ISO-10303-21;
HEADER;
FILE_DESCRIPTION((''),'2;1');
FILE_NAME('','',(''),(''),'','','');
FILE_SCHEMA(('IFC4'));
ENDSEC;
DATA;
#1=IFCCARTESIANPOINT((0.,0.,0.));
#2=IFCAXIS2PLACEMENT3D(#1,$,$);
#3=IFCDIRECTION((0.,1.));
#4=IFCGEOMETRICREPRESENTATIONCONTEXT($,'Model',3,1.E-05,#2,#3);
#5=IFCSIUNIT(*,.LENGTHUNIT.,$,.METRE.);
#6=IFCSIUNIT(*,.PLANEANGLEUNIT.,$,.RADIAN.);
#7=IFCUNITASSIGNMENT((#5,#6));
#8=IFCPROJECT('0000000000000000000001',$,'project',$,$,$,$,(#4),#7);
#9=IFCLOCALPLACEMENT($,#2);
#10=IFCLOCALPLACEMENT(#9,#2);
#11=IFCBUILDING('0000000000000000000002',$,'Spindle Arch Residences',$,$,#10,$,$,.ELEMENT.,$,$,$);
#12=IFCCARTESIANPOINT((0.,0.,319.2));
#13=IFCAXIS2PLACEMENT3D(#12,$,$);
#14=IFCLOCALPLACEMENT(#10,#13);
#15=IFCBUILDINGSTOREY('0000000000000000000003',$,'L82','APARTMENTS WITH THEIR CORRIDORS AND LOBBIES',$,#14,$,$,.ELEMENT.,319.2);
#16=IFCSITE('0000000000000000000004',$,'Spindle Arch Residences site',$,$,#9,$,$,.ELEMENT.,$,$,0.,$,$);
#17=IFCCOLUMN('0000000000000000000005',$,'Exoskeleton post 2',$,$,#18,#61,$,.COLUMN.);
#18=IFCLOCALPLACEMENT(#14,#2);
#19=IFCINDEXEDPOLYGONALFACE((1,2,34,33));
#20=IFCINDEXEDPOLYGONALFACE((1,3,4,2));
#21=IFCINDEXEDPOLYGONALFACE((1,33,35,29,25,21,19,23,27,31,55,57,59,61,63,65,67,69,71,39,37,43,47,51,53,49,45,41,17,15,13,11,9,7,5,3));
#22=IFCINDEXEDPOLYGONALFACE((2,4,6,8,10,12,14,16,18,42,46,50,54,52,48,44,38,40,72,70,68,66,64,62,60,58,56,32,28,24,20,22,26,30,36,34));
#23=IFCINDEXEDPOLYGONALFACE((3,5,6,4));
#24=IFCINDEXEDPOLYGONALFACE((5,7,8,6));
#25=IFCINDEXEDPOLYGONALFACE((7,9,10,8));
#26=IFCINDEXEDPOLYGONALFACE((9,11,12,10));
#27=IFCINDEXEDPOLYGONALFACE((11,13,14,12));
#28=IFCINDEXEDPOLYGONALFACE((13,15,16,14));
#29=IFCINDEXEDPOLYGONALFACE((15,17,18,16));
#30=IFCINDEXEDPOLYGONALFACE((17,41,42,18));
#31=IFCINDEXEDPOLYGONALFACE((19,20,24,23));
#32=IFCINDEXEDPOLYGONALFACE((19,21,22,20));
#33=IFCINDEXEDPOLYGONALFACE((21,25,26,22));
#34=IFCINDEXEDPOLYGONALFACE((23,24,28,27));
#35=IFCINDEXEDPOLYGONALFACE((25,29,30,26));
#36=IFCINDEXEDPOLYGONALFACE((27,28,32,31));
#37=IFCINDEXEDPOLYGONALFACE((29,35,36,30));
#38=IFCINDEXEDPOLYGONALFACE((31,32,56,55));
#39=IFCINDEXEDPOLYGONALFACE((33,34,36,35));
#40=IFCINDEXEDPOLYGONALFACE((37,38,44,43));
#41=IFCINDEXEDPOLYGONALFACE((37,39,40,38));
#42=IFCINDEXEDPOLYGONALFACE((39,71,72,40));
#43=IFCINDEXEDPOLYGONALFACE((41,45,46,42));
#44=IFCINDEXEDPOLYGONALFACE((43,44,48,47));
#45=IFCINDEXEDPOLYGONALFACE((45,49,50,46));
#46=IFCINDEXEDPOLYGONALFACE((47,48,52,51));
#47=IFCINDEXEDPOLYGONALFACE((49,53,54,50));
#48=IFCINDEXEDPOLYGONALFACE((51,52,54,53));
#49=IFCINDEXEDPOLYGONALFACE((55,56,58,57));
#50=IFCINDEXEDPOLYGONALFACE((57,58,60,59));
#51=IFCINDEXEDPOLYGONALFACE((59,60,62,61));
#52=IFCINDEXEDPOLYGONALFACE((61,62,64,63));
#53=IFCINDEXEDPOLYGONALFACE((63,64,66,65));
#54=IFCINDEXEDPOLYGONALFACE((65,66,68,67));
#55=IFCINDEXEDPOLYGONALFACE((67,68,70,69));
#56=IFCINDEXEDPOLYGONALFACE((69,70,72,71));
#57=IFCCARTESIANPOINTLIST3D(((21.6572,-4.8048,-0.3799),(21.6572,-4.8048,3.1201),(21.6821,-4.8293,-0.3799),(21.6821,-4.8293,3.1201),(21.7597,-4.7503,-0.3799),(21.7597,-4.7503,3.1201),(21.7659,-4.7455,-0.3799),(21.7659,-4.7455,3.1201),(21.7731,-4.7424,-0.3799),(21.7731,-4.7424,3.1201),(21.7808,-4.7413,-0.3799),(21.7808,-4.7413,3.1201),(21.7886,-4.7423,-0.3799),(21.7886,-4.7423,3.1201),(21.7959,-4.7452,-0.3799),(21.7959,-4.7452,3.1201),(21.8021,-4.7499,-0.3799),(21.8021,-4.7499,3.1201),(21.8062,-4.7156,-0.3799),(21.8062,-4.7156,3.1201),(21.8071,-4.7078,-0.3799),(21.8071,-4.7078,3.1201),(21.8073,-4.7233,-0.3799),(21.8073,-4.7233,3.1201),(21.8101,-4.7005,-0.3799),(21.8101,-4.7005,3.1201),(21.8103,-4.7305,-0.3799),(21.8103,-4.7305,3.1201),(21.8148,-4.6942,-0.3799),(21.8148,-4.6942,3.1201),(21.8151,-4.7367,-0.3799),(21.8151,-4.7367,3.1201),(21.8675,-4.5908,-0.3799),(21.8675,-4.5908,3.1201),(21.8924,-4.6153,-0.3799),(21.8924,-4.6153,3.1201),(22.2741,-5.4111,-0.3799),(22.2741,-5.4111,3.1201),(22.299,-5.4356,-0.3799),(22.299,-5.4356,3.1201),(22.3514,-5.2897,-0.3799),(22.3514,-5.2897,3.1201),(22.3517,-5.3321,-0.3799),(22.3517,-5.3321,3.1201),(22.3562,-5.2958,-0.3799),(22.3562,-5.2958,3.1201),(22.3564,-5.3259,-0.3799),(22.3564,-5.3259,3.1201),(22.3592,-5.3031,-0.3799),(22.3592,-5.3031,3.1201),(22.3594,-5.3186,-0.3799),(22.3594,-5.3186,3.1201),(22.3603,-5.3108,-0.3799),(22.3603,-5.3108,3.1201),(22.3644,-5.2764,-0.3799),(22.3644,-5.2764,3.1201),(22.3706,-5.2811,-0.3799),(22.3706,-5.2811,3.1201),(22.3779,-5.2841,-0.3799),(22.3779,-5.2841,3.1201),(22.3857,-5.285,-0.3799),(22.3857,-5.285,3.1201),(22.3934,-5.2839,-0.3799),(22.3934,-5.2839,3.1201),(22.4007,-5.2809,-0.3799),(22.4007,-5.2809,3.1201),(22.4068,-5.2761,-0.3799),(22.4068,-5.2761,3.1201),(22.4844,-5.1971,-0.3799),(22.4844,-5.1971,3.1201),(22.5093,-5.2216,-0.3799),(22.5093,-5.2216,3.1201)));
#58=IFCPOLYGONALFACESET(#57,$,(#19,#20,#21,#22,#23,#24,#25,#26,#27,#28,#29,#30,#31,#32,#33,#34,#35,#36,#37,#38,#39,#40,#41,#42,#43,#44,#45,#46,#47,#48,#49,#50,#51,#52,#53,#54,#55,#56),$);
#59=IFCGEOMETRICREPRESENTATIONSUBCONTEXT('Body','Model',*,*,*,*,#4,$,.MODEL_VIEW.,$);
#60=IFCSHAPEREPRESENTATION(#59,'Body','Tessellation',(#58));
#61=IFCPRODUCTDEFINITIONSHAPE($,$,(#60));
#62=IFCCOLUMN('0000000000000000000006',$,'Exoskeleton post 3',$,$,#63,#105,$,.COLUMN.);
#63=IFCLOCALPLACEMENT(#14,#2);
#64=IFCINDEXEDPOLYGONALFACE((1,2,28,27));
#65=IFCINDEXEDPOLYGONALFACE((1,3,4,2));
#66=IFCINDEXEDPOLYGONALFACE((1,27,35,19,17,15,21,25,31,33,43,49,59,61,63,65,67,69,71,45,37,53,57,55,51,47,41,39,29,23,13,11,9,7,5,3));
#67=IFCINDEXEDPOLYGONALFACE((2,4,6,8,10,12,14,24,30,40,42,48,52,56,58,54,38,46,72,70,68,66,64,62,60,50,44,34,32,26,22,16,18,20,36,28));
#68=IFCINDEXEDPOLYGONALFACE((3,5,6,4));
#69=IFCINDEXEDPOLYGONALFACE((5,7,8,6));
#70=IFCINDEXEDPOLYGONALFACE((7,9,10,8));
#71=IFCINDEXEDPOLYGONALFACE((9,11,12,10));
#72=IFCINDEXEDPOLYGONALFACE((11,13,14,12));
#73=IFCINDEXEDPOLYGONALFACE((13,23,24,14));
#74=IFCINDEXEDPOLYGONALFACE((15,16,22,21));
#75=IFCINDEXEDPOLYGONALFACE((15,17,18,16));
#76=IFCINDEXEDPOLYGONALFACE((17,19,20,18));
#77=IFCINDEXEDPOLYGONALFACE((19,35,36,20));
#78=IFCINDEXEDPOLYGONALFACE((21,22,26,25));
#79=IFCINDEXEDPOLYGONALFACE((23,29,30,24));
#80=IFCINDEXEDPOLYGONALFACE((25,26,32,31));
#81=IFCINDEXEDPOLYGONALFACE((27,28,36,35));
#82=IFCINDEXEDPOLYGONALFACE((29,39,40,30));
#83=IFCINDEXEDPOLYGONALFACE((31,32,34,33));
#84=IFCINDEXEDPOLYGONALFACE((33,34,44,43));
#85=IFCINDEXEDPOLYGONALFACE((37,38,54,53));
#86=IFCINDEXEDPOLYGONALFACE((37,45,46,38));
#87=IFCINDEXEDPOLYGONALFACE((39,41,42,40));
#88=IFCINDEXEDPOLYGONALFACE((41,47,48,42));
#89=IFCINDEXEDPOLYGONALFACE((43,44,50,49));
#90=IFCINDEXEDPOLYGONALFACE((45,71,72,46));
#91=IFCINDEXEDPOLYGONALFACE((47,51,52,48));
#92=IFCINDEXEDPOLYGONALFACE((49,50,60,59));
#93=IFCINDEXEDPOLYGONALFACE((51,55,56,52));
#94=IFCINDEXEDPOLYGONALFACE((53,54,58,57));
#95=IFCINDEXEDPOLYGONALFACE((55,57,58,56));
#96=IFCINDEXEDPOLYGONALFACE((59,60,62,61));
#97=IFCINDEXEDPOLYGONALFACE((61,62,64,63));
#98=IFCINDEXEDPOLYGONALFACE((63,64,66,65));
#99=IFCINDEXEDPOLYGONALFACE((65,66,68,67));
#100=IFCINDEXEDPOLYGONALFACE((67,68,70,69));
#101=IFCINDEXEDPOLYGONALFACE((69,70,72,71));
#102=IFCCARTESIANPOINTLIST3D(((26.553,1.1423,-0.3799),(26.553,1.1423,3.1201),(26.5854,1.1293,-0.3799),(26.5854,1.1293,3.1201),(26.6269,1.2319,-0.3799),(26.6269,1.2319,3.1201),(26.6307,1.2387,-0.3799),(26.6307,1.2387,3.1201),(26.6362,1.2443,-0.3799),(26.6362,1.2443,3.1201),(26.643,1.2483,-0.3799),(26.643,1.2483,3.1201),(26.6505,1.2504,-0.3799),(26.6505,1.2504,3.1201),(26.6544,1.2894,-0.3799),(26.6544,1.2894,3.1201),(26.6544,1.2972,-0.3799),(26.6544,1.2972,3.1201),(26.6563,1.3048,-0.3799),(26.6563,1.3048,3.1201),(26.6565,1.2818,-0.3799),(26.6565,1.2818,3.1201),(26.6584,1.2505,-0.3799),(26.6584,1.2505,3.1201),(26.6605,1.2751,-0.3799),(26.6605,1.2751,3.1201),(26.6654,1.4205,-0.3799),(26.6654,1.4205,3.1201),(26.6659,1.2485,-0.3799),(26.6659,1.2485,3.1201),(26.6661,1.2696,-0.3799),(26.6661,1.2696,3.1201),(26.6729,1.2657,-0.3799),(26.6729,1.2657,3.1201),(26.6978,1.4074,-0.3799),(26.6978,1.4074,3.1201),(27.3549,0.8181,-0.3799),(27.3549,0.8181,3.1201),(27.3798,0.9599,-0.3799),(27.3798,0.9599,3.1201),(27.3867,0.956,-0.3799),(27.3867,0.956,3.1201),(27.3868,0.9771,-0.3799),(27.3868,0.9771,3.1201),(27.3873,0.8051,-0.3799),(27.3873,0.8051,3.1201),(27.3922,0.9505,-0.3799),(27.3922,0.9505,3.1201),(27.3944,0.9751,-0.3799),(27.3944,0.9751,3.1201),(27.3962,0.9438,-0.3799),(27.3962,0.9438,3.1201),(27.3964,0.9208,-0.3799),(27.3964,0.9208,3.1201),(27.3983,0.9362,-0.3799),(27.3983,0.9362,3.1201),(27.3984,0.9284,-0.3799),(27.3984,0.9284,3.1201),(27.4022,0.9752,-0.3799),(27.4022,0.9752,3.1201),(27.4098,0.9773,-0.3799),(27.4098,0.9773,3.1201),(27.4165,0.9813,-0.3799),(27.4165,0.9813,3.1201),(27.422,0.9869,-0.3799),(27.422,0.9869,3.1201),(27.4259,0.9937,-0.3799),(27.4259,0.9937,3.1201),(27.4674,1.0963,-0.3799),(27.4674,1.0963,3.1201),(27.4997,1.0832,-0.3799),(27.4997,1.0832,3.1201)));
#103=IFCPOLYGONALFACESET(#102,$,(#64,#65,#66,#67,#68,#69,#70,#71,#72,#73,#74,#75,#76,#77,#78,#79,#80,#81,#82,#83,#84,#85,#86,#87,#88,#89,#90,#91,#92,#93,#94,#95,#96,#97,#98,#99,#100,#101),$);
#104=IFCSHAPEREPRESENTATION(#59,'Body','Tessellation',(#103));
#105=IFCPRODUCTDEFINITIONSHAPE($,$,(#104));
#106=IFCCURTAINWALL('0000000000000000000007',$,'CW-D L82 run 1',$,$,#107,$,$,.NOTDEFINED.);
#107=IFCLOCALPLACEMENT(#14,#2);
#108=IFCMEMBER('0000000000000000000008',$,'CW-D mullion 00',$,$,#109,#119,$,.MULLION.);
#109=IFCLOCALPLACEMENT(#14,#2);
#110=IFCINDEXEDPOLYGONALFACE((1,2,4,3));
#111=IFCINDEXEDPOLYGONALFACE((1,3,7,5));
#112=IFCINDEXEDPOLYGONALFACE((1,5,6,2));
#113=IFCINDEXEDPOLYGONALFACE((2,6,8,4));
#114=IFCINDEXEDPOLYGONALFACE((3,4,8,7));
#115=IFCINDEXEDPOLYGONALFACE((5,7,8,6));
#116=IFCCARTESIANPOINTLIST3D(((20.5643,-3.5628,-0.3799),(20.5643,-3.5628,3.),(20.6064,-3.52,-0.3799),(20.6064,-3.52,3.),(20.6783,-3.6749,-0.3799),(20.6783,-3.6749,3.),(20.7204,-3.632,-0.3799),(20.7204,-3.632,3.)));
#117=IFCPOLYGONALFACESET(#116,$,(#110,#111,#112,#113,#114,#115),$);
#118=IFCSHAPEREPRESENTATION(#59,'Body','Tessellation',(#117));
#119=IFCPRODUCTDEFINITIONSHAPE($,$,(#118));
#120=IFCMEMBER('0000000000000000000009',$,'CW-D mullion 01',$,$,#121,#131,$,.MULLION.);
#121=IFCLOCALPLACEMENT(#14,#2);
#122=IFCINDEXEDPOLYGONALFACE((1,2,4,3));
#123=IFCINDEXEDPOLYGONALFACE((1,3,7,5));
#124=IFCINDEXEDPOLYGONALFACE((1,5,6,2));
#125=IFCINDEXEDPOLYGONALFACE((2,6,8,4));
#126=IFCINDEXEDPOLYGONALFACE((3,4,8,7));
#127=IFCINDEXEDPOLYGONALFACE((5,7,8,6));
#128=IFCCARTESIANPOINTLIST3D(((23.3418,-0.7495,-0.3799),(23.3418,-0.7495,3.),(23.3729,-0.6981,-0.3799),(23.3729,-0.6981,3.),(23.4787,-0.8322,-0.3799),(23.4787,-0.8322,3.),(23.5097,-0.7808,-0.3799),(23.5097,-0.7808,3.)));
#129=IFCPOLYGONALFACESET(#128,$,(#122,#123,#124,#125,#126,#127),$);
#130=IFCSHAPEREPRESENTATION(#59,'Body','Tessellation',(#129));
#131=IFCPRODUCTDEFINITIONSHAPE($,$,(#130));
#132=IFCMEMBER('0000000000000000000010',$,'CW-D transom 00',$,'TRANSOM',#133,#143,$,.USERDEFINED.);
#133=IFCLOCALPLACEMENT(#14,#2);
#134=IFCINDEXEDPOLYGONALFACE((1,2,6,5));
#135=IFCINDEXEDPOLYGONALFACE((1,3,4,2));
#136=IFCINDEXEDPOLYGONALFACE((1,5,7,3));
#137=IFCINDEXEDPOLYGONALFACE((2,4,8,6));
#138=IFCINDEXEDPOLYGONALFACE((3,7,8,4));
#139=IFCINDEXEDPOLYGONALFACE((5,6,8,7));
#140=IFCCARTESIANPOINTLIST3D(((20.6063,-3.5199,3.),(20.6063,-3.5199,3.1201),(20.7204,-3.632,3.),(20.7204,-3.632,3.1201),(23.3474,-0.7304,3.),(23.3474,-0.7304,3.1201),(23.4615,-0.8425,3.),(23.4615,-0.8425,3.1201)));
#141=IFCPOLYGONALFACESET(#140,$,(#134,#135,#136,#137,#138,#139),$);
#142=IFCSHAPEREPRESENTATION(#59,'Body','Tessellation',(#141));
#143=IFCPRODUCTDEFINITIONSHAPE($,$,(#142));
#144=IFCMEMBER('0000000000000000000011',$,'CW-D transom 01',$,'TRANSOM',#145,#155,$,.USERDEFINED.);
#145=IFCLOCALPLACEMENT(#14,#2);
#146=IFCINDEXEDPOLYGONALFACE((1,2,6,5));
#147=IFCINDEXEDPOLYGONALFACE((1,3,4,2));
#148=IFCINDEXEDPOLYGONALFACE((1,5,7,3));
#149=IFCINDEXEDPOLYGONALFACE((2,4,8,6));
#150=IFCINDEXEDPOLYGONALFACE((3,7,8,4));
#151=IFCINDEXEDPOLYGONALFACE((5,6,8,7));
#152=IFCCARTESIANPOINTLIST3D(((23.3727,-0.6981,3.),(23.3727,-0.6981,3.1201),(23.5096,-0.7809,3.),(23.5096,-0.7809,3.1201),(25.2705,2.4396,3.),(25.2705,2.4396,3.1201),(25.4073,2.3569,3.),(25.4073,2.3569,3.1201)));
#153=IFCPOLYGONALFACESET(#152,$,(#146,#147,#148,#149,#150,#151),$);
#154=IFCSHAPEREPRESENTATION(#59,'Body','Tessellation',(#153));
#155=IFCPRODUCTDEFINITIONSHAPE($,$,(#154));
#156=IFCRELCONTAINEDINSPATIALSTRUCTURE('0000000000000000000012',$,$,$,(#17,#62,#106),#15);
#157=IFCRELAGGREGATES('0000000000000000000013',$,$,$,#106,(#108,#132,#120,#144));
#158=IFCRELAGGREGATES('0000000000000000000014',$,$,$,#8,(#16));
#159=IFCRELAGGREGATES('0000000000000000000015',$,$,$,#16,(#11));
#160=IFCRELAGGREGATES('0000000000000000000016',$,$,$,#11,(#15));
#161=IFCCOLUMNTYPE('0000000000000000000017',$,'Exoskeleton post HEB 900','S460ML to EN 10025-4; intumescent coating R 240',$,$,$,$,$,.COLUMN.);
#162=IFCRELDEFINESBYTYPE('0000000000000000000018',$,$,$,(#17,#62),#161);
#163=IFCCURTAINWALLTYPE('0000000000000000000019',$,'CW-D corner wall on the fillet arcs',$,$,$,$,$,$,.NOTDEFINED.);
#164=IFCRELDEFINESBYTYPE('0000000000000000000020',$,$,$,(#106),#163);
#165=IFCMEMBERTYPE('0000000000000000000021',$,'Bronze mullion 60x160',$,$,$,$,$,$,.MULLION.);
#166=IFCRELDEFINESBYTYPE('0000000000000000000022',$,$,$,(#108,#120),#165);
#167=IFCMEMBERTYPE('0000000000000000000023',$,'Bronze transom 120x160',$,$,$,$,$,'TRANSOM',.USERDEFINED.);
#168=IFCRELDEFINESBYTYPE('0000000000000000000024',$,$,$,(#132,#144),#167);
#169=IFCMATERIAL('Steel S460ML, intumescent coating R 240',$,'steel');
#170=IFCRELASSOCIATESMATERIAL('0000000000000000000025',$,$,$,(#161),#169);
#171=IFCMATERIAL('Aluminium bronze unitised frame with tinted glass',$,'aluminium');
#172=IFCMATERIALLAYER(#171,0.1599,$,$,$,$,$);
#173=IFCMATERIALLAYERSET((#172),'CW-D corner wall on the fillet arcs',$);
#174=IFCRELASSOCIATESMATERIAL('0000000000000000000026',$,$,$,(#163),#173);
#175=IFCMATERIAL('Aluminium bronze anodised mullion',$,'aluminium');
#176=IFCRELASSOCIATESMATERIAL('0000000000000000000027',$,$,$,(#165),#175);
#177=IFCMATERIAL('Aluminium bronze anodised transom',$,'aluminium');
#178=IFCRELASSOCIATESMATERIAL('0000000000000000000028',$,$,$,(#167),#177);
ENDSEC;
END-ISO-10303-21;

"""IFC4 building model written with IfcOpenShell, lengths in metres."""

from ifc_helpers import new_model, si_unit, direction, frame, origin, origin_2d, place, context, subcontext, project, spatial, rectangle, i_section, extrude, material, layer, layer_set, material_profile, profile_set, type_object, element, aggregate, save


model = new_model("IFC4")

# Units and contexts
model_context = context("Model", 3, precision=1e-05, world=origin(), true_north=direction((0.0, 1.0)))
body_context = subcontext(model_context, "Body", "Model", "MODEL_VIEW")
ifc_project = project(units=[si_unit("LENGTHUNIT", "METRE"), si_unit("PLANEANGLEUNIT", "RADIAN")], contexts=[model_context])

# Site, building, storey
site_placement = place(None, origin())
site = spatial("IfcSite", under=ifc_project, at=site_placement, Name="Spindle Arch Residences site", CompositionType="ELEMENT", RefElevation=0.0)
building_placement = place(site_placement, origin())
building = spatial("IfcBuilding", under=site, at=building_placement, Name="Spindle Arch Residences", CompositionType="ELEMENT")
storey_placement = place(building_placement, frame((0.0, 0.0, 319.2)))
storey = spatial("IfcBuildingStorey", under=building, at=storey_placement, Name="L82", Description="APARTMENTS WITH THEIR CORRIDORS AND LOBBIES", CompositionType="ELEMENT", Elevation=319.2)

# Columns
ifc_material_1 = material(Name="Steel S460ML, intumescent coating R 240", Category="steel")
ifc_material_profile_1 = material_profile(ifc_material_1, i_section(OverallWidth=0.3, OverallDepth=0.8999, WebThickness=0.0186, FlangeThickness=0.0349, FilletRadius=0.03, at=origin_2d()), Name="HEB 900")
ifc_profile_set_1 = profile_set([ifc_material_profile_1], Name="Steel S460ML, intumescent coating R 240")
column_type = type_object("IfcColumnType", Name="Exoskeleton post HEB 900", Description="S460ML to EN 10025-4; intumescent coating R 240", PredefinedType="COLUMN", material=ifc_profile_set_1)
for number, where, z_axis, x_axis, name in (
    (1, (22.0833, -5.0132, -0.3799), (0.0, 0.0, 1.0), (-0.700909, -0.71325, 0.0), "Exoskeleton post 2"),
    (2, (27.0264, 1.1128, -0.3799), (0.0, 0.0, 1.0), (-0.374803, -0.927105, 0.0), "Exoskeleton post 3"),
):
    element("IfcColumn", number, at=place(storey_placement, frame(where, z_axis=z_axis, x_axis=x_axis)), inside=storey, type_object=column_type, Name=name, PredefinedType="COLUMN", context=body_context, shape_type="SweptSolid", body=[
        extrude(i_section(OverallWidth=0.3, OverallDepth=0.8999, WebThickness=0.0186, FlangeThickness=0.0349, FilletRadius=0.03, at=origin_2d()), origin(), (0.0, 0.0, 1.0), 3.5),
    ])

# Curtain wall, members
ifc_material_2 = material(Name="Aluminium bronze unitised frame with tinted glass", Category="aluminium")
ifc_layer_1 = layer(ifc_material_2, 0.1599)
ifc_layer_set_1 = layer_set([ifc_layer_1], Name="CW-D corner wall on the fillet arcs")
curtain_wall_type_1 = type_object("IfcCurtainWallType", Name="CW-D corner wall on the fillet arcs", PredefinedType="NOTDEFINED", material=ifc_layer_set_1)
curtain_wall_1_placement = place(storey_placement, origin())
curtain_wall_1 = element("IfcCurtainWall", 3, at=curtain_wall_1_placement, inside=storey, type_object=curtain_wall_type_1, Name="CW-D L82 run 1", PredefinedType="NOTDEFINED")
ifc_material_3 = material(Name="Aluminium bronze anodised mullion", Category="aluminium")
ifc_material_profile_2 = material_profile(ifc_material_3, rectangle(XDim=0.1599, YDim=0.0601, at=origin_2d()), Name="MU 60x160")
ifc_profile_set_2 = profile_set([ifc_material_profile_2], Name="Aluminium bronze anodised mullion")
member_type_1 = type_object("IfcMemberType", Name="Bronze mullion 60x160", PredefinedType="MULLION", material=ifc_profile_set_2)
member_1_placement = place(storey_placement, frame((20.6423, -3.5974, -0.3799), z_axis=(0.0, 0.0, 1.0), x_axis=(-0.71325, 0.700909, 0.0)))
member_1 = element("IfcMember", 4, at=member_1_placement, type_object=member_type_1, Name="CW-D mullion 00", PredefinedType="MULLION", context=body_context, shape_type="SweptSolid", body=[
    extrude(rectangle(XDim=0.1599, YDim=0.0601, at=origin_2d()), origin(), (0.0, 0.0, 1.0), 3.3799),
])
member_2_placement = place(storey_placement, frame((23.4258, -0.7651, -0.3799), z_axis=(0.0, 0.0, 1.0), x_axis=(-0.855665, 0.517529, 0.0)))
member_2 = element("IfcMember", 5, at=member_2_placement, type_object=member_type_1, Name="CW-D mullion 01", PredefinedType="MULLION", context=body_context, shape_type="SweptSolid", body=[
    extrude(rectangle(XDim=0.1599, YDim=0.0601, at=origin_2d()), origin(), (0.0, 0.0, 1.0), 3.3799),
])
ifc_material_4 = material(Name="Aluminium bronze anodised transom", Category="aluminium")
ifc_material_profile_3 = material_profile(ifc_material_4, rectangle(XDim=0.1599, YDim=0.1201, at=origin_2d()), Name="TR 120x160")
ifc_profile_set_3 = profile_set([ifc_material_profile_3], Name="Aluminium bronze anodised transom")
member_type_2 = type_object("IfcMemberType", Name="Bronze transom 120x160", ElementType="TRANSOM", PredefinedType="USERDEFINED", material=ifc_profile_set_3)
member_3_placement = place(storey_placement, frame((20.6633, -3.5759, 3.0601), z_axis=(0.7009, 0.71326, 0.0), x_axis=(-0.71326, 0.7009, 0.0)))
member_3 = element("IfcMember", 6, at=member_3_placement, type_object=member_type_2, Name="CW-D transom 00", ObjectType="TRANSOM", PredefinedType="USERDEFINED", context=body_context, shape_type="SweptSolid", body=[
    extrude(rectangle(XDim=0.1599, YDim=0.1201, at=origin_2d()), origin(), (0.0, 0.0, 1.0), 3.9109),
])
member_4_placement = place(storey_placement, frame((23.4412, -0.7395, 3.0601), z_axis=(0.517518, 0.855672, 0.0), x_axis=(-0.855672, 0.517518, 0.0)))
member_4 = element("IfcMember", 7, at=member_4_placement, type_object=member_type_2, Name="CW-D transom 01", ObjectType="TRANSOM", PredefinedType="USERDEFINED", context=body_context, shape_type="SweptSolid", body=[
    extrude(rectangle(XDim=0.1599, YDim=0.1201, at=origin_2d()), origin(), (0.0, 0.0, 1.0), 3.667),
])

aggregate(curtain_wall_1, [member_1, member_3, member_2, member_4])

save(model, "model.ifc")
